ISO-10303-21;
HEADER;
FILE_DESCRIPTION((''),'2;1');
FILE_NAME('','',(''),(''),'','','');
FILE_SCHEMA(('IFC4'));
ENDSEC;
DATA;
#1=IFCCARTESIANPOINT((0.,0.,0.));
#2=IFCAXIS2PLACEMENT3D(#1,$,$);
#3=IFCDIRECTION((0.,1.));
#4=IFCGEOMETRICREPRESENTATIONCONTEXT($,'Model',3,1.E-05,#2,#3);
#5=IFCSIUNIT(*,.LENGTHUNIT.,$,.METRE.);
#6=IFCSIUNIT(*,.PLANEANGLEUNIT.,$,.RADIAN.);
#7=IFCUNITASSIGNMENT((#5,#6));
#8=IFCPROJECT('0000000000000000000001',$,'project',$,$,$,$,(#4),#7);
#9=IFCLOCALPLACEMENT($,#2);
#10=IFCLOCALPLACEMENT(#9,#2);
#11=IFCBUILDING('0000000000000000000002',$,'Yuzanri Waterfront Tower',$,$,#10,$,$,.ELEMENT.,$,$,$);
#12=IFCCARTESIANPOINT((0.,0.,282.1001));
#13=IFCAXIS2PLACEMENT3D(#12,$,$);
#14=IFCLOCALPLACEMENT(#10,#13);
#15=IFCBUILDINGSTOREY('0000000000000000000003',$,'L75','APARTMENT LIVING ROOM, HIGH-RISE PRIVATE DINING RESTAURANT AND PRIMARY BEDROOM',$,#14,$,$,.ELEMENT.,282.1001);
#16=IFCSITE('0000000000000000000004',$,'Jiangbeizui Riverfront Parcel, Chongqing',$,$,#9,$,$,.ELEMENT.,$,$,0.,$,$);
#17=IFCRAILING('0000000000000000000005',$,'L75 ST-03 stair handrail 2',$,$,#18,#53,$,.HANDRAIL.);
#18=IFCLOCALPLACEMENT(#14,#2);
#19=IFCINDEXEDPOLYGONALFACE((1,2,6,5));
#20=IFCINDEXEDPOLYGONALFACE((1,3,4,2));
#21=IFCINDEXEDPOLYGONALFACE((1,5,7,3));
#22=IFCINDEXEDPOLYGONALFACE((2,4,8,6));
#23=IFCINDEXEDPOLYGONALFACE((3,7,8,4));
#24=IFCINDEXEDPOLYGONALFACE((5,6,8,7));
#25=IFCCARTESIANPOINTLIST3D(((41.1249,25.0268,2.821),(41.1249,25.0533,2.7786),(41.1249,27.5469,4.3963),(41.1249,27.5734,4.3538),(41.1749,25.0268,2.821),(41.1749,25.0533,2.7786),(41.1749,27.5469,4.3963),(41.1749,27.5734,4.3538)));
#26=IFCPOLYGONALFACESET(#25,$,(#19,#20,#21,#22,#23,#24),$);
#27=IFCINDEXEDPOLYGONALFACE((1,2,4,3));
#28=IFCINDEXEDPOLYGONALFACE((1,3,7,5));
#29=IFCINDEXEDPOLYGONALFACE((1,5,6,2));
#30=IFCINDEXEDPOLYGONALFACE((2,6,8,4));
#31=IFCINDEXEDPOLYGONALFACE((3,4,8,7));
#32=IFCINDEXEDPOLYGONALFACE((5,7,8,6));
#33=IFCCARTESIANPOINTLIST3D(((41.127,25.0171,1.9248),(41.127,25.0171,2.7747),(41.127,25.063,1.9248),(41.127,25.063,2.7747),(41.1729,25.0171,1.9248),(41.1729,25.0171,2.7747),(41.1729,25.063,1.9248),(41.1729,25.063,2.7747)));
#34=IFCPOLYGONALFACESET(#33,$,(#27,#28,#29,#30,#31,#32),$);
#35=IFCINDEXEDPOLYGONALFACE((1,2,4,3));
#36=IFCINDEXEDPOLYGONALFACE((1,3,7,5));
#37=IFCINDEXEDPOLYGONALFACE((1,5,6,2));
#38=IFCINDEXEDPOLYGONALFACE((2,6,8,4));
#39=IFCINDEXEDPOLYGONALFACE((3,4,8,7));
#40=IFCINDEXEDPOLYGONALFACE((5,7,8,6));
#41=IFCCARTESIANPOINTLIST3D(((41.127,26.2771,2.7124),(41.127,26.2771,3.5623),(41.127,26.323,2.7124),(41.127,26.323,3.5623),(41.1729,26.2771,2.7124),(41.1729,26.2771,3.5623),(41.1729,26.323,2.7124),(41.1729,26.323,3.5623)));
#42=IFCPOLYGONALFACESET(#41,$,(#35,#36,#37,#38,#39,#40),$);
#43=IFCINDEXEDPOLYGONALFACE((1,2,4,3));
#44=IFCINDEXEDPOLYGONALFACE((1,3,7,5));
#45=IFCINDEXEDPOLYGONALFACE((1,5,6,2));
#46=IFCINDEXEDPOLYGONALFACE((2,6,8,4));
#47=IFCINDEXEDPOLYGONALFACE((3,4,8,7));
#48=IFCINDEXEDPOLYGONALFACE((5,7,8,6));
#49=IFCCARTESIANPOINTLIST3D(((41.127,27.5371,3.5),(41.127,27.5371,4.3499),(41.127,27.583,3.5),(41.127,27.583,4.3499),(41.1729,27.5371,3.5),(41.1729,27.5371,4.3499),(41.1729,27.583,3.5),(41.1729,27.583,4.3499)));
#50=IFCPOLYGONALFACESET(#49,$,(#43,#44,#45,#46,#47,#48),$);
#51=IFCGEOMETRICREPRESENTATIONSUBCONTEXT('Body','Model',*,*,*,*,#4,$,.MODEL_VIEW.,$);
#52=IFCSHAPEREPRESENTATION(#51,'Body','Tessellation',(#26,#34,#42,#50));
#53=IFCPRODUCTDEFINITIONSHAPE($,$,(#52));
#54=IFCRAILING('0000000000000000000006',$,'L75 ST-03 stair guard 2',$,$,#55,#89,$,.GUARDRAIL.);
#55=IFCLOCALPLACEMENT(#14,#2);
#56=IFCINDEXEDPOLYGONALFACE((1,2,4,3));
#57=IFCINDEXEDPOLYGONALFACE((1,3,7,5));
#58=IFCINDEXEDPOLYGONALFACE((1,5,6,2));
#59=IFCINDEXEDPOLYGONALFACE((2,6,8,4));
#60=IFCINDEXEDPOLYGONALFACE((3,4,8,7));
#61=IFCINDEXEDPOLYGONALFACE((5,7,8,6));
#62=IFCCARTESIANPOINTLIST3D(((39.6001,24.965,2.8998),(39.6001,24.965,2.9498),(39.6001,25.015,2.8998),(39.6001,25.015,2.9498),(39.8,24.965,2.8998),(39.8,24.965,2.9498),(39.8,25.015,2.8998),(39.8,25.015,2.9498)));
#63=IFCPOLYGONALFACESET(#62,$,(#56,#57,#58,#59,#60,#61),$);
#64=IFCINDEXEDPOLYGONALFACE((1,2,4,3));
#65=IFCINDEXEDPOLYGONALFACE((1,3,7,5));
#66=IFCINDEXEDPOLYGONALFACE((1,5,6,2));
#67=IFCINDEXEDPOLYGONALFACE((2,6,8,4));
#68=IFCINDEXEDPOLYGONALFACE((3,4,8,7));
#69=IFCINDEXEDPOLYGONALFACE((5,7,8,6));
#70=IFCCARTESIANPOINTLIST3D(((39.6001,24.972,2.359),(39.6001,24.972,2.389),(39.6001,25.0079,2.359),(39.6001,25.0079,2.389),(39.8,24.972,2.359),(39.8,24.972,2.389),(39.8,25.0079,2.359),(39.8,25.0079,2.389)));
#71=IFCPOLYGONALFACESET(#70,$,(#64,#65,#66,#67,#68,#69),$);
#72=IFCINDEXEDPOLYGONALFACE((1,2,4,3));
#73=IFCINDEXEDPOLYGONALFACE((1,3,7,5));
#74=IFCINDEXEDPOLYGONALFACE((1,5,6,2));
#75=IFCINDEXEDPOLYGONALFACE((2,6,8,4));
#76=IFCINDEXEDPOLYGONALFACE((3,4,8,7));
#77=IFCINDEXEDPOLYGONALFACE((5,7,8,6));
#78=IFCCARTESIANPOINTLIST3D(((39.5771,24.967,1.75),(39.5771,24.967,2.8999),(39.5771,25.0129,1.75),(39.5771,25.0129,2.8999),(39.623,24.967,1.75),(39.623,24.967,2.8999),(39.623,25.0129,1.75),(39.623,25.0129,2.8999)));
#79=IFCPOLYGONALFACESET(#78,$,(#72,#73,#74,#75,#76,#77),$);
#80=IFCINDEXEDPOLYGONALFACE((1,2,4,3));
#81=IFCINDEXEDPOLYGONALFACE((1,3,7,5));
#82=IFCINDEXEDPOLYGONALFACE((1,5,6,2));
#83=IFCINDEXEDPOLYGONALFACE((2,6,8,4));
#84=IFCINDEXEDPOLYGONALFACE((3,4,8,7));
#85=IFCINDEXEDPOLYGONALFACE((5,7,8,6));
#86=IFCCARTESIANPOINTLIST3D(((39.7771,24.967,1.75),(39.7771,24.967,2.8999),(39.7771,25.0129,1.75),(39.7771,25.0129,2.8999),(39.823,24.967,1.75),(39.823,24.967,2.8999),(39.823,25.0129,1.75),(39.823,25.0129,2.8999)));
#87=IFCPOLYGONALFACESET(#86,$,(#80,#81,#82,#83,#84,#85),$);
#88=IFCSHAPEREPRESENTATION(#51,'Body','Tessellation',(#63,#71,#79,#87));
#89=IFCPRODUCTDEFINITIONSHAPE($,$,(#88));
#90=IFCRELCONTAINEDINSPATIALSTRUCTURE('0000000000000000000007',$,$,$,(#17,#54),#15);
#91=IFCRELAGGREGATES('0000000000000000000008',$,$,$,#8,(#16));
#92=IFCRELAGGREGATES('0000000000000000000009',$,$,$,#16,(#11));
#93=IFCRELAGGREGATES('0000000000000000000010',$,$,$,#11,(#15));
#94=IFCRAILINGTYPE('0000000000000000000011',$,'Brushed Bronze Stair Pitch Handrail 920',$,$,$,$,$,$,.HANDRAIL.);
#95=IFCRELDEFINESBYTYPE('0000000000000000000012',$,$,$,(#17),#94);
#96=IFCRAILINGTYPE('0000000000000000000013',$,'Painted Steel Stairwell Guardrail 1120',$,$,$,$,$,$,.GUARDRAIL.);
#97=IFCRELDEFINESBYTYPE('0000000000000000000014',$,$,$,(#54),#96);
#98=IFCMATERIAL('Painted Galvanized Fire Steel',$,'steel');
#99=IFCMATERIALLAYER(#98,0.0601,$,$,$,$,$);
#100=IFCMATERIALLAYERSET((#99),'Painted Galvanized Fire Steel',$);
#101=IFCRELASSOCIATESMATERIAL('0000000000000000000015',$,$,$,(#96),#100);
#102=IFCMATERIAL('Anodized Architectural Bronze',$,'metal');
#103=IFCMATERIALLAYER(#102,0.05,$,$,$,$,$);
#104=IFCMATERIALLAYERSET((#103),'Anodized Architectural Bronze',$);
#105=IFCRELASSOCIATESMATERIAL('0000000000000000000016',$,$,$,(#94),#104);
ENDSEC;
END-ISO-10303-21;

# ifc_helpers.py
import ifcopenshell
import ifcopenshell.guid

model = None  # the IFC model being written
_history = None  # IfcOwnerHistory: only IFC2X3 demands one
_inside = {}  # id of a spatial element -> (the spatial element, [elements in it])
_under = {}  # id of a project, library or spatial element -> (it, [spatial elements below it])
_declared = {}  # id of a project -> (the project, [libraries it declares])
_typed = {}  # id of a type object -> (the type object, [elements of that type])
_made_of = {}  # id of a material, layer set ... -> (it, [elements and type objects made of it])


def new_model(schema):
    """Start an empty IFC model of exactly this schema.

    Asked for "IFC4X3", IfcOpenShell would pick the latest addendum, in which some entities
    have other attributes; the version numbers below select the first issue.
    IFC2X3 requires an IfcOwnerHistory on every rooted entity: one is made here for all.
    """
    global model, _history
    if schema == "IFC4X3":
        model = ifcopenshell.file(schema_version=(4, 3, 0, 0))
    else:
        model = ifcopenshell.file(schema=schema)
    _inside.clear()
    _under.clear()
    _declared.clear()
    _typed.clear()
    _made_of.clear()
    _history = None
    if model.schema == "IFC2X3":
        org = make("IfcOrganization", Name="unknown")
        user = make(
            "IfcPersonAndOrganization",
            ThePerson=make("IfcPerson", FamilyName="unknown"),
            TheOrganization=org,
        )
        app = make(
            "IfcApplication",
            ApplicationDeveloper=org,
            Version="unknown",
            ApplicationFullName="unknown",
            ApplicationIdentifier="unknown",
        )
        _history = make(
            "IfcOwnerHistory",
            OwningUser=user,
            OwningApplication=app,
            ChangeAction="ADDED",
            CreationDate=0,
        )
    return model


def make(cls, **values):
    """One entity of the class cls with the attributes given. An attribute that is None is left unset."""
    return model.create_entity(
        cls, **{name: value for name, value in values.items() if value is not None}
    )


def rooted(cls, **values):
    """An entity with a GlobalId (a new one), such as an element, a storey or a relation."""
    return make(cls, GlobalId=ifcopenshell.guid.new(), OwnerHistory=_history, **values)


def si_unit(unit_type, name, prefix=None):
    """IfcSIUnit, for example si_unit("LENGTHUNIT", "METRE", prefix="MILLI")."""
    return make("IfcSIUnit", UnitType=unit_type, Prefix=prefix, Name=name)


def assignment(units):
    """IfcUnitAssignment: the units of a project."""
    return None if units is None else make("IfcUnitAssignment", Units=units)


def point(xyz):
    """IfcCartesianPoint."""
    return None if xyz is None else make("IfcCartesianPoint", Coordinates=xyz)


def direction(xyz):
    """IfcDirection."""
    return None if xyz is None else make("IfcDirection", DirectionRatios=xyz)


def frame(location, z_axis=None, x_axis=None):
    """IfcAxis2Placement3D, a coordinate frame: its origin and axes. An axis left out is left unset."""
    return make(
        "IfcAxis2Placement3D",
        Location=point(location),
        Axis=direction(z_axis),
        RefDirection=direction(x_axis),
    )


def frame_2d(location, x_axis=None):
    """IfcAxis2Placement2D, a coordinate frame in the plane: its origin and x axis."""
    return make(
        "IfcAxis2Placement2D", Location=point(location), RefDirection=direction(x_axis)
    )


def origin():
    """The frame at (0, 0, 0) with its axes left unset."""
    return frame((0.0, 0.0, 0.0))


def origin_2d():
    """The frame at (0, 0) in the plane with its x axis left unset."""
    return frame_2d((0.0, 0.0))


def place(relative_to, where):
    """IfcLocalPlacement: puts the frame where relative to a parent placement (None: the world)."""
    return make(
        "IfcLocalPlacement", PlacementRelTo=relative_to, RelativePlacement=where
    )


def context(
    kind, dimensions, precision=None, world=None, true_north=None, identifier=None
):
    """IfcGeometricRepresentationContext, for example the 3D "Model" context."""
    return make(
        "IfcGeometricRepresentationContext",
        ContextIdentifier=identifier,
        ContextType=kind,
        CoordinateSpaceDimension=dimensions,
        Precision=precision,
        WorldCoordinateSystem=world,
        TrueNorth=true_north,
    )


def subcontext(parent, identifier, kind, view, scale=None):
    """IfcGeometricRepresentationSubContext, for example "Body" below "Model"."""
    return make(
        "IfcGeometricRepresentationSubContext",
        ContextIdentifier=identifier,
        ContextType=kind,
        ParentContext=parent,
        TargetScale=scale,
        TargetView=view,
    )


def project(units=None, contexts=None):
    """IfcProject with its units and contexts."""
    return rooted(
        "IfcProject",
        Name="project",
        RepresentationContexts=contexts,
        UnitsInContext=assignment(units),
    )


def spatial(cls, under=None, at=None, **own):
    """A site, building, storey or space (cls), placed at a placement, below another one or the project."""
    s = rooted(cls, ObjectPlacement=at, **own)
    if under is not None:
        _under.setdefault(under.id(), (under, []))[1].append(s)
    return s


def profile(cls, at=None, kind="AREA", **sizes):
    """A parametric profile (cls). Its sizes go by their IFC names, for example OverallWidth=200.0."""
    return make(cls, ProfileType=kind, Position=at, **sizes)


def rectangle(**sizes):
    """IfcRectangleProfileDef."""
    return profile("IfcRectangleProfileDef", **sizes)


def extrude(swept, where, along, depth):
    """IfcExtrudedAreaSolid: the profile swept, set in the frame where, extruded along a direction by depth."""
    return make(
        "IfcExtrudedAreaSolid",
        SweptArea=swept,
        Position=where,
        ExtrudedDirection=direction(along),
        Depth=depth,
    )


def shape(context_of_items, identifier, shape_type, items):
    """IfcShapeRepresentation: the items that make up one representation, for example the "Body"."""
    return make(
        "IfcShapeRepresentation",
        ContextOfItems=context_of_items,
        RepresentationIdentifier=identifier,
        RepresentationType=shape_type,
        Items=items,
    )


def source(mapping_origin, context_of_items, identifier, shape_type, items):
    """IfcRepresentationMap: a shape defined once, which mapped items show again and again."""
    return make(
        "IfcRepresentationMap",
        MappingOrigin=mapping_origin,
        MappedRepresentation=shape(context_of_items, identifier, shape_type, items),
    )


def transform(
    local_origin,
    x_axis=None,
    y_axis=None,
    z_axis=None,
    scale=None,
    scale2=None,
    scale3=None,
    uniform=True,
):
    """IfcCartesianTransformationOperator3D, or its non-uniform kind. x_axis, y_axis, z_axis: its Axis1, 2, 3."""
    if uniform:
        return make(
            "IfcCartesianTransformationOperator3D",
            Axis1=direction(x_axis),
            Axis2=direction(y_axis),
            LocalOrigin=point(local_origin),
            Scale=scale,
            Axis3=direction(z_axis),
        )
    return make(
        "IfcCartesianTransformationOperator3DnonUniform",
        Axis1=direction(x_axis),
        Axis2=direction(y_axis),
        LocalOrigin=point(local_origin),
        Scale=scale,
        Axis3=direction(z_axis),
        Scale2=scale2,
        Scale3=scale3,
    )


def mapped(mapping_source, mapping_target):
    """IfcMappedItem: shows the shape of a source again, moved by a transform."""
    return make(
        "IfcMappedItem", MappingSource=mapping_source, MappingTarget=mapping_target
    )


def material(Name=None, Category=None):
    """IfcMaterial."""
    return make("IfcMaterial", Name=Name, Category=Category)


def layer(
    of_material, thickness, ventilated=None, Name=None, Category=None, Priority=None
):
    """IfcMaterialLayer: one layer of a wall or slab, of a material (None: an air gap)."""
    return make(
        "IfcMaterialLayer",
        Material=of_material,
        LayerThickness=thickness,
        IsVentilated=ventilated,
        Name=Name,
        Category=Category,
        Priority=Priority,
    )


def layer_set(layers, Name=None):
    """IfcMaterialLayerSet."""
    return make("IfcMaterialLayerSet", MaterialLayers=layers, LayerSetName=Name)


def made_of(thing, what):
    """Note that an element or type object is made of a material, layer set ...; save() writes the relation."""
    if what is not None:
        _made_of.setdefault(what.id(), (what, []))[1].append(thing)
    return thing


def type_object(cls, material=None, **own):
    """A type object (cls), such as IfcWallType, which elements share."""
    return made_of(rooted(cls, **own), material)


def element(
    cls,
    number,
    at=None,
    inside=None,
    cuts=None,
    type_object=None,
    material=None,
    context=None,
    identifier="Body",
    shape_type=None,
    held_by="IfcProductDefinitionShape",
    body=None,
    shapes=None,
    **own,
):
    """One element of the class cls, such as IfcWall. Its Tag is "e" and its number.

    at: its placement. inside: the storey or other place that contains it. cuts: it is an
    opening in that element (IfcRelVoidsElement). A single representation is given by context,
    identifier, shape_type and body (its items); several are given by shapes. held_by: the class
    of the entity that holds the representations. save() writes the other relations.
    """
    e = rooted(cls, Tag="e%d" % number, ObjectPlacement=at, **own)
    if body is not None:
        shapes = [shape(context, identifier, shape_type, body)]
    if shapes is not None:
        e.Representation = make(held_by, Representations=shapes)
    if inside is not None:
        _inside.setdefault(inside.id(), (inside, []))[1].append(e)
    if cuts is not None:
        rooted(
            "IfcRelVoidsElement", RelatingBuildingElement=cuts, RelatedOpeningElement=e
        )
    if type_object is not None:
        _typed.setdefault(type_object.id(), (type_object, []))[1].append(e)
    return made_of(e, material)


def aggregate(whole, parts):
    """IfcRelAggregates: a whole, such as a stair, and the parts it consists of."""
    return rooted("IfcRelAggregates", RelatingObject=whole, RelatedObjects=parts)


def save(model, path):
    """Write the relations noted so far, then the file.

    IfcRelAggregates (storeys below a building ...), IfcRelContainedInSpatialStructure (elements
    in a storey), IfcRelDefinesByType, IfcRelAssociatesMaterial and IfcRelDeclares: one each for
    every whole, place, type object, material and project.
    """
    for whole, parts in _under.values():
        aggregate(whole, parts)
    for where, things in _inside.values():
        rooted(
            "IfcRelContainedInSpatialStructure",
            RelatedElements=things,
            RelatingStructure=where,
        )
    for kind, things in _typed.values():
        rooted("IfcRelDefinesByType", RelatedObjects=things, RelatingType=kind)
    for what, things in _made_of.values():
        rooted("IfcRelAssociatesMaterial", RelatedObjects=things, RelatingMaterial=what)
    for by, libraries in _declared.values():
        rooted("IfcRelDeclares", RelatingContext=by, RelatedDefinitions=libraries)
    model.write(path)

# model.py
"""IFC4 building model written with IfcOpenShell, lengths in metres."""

from ifc_helpers import new_model, si_unit, direction, frame, origin, origin_2d, place, context, subcontext, project, spatial, rectangle, extrude, source, transform, mapped, material, layer, layer_set, type_object, element, save


model = new_model("IFC4")

# Units and contexts
model_context = context("Model", 3, precision=1e-05, world=origin(), true_north=direction((0.0, 1.0)))
body_context = subcontext(model_context, "Body", "Model", "MODEL_VIEW")
ifc_project = project(units=[si_unit("LENGTHUNIT", "METRE"), si_unit("PLANEANGLEUNIT", "RADIAN")], contexts=[model_context])

# Site, building, storey
site_placement = place(None, origin())
site = spatial("IfcSite", under=ifc_project, at=site_placement, Name="Jiangbeizui Riverfront Parcel, Chongqing", CompositionType="ELEMENT", RefElevation=0.0)
building_placement = place(site_placement, origin())
building = spatial("IfcBuilding", under=site, at=building_placement, Name="Yuzanri Waterfront Tower", CompositionType="ELEMENT")
storey_placement = place(building_placement, frame((0.0, 0.0, 282.1001)))
storey = spatial("IfcBuildingStorey", under=building, at=storey_placement, Name="L75", Description="APARTMENT LIVING ROOM, HIGH-RISE PRIVATE DINING RESTAURANT AND PRIMARY BEDROOM", CompositionType="ELEMENT", Elevation=282.1001)

# Railings
ifc_material_1 = material(Name="Painted Galvanized Fire Steel", Category="steel")
ifc_layer_1 = layer(ifc_material_1, 0.0601)
ifc_layer_set_1 = layer_set([ifc_layer_1], Name="Painted Galvanized Fire Steel")
railing_type_1 = type_object("IfcRailingType", Name="Painted Steel Stairwell Guardrail 1120", PredefinedType="GUARDRAIL", material=ifc_layer_set_1)
ifc_material_2 = material(Name="Anodized Architectural Bronze", Category="metal")
ifc_layer_2 = layer(ifc_material_2, 0.05)
ifc_layer_set_2 = layer_set([ifc_layer_2], Name="Anodized Architectural Bronze")
railing_type_2 = type_object("IfcRailingType", Name="Brushed Bronze Stair Pitch Handrail 920", PredefinedType="HANDRAIL", material=ifc_layer_set_2)
shared_shape_1 = source(origin(), body_context, "Body", "SweptSolid", [
    extrude(rectangle(XDim=0.05, YDim=0.05, at=origin_2d()), frame((0.0, 0.0, 0.875), z_axis=(0.0, 0.847971, 0.530043), x_axis=(-1.0, 0.0, 0.0)), (0.0, 0.0, 1.0), 2.9719),
    extrude(rectangle(XDim=0.0459, YDim=0.0459, at=origin_2d()), origin(), (0.0, 0.0, 1.0), 0.8499),
    extrude(rectangle(XDim=0.0459, YDim=0.0459, at=origin_2d()), frame((0.0, 1.26, 0.7876)), (0.0, 0.0, 1.0), 0.8499),
    extrude(rectangle(XDim=0.0459, YDim=0.0459, at=origin_2d()), frame((0.0, 2.52, 1.5752)), (0.0, 0.0, 1.0), 0.8499),
])
for number, where, name in (
    (1, (41.1499, 25.04, 1.9248), "L75 ST-03 stair handrail 2"),
):
    element("IfcRailing", number, at=place(storey_placement, frame(where)), inside=storey, type_object=railing_type_2, Name=name, PredefinedType="HANDRAIL", context=body_context, shape_type="MappedRepresentation", body=[
        mapped(shared_shape_1, transform((0.0, 0.0, 0.0), scale=1.0)),
    ])
shared_shape_2 = source(origin(), body_context, "Body", "SweptSolid", [
    extrude(rectangle(XDim=0.05, YDim=0.05, at=origin_2d()), frame((0.0, 0.0, 1.1748), z_axis=(1.0, 0.0, 0.0), x_axis=(0.0, 1.0, 0.0)), (0.0, 0.0, 1.0), 0.2),
    extrude(rectangle(XDim=0.0359, YDim=0.03, at=origin_2d()), frame((0.0, 0.0, 0.624), z_axis=(1.0, 0.0, 0.0), x_axis=(0.0, 1.0, 0.0)), (0.0, 0.0, 1.0), 0.2),
    extrude(rectangle(XDim=0.0459, YDim=0.0459, at=origin_2d()), origin(), (0.0, 0.0, 1.0), 1.1499),
    extrude(rectangle(XDim=0.0459, YDim=0.0459, at=origin_2d()), frame((0.2, 0.0, 0.0)), (0.0, 0.0, 1.0), 1.1499),
])
railing_1_placement = place(storey_placement, frame((39.6001, 24.99, 1.75)))
element("IfcRailing", 2, at=railing_1_placement, inside=storey, type_object=railing_type_1, Name="L75 ST-03 stair guard 2", PredefinedType="GUARDRAIL", context=body_context, shape_type="MappedRepresentation", body=[
    mapped(shared_shape_2, transform((0.0, 0.0, 0.0), scale=1.0)),
])

save(model, "model.ifc")
